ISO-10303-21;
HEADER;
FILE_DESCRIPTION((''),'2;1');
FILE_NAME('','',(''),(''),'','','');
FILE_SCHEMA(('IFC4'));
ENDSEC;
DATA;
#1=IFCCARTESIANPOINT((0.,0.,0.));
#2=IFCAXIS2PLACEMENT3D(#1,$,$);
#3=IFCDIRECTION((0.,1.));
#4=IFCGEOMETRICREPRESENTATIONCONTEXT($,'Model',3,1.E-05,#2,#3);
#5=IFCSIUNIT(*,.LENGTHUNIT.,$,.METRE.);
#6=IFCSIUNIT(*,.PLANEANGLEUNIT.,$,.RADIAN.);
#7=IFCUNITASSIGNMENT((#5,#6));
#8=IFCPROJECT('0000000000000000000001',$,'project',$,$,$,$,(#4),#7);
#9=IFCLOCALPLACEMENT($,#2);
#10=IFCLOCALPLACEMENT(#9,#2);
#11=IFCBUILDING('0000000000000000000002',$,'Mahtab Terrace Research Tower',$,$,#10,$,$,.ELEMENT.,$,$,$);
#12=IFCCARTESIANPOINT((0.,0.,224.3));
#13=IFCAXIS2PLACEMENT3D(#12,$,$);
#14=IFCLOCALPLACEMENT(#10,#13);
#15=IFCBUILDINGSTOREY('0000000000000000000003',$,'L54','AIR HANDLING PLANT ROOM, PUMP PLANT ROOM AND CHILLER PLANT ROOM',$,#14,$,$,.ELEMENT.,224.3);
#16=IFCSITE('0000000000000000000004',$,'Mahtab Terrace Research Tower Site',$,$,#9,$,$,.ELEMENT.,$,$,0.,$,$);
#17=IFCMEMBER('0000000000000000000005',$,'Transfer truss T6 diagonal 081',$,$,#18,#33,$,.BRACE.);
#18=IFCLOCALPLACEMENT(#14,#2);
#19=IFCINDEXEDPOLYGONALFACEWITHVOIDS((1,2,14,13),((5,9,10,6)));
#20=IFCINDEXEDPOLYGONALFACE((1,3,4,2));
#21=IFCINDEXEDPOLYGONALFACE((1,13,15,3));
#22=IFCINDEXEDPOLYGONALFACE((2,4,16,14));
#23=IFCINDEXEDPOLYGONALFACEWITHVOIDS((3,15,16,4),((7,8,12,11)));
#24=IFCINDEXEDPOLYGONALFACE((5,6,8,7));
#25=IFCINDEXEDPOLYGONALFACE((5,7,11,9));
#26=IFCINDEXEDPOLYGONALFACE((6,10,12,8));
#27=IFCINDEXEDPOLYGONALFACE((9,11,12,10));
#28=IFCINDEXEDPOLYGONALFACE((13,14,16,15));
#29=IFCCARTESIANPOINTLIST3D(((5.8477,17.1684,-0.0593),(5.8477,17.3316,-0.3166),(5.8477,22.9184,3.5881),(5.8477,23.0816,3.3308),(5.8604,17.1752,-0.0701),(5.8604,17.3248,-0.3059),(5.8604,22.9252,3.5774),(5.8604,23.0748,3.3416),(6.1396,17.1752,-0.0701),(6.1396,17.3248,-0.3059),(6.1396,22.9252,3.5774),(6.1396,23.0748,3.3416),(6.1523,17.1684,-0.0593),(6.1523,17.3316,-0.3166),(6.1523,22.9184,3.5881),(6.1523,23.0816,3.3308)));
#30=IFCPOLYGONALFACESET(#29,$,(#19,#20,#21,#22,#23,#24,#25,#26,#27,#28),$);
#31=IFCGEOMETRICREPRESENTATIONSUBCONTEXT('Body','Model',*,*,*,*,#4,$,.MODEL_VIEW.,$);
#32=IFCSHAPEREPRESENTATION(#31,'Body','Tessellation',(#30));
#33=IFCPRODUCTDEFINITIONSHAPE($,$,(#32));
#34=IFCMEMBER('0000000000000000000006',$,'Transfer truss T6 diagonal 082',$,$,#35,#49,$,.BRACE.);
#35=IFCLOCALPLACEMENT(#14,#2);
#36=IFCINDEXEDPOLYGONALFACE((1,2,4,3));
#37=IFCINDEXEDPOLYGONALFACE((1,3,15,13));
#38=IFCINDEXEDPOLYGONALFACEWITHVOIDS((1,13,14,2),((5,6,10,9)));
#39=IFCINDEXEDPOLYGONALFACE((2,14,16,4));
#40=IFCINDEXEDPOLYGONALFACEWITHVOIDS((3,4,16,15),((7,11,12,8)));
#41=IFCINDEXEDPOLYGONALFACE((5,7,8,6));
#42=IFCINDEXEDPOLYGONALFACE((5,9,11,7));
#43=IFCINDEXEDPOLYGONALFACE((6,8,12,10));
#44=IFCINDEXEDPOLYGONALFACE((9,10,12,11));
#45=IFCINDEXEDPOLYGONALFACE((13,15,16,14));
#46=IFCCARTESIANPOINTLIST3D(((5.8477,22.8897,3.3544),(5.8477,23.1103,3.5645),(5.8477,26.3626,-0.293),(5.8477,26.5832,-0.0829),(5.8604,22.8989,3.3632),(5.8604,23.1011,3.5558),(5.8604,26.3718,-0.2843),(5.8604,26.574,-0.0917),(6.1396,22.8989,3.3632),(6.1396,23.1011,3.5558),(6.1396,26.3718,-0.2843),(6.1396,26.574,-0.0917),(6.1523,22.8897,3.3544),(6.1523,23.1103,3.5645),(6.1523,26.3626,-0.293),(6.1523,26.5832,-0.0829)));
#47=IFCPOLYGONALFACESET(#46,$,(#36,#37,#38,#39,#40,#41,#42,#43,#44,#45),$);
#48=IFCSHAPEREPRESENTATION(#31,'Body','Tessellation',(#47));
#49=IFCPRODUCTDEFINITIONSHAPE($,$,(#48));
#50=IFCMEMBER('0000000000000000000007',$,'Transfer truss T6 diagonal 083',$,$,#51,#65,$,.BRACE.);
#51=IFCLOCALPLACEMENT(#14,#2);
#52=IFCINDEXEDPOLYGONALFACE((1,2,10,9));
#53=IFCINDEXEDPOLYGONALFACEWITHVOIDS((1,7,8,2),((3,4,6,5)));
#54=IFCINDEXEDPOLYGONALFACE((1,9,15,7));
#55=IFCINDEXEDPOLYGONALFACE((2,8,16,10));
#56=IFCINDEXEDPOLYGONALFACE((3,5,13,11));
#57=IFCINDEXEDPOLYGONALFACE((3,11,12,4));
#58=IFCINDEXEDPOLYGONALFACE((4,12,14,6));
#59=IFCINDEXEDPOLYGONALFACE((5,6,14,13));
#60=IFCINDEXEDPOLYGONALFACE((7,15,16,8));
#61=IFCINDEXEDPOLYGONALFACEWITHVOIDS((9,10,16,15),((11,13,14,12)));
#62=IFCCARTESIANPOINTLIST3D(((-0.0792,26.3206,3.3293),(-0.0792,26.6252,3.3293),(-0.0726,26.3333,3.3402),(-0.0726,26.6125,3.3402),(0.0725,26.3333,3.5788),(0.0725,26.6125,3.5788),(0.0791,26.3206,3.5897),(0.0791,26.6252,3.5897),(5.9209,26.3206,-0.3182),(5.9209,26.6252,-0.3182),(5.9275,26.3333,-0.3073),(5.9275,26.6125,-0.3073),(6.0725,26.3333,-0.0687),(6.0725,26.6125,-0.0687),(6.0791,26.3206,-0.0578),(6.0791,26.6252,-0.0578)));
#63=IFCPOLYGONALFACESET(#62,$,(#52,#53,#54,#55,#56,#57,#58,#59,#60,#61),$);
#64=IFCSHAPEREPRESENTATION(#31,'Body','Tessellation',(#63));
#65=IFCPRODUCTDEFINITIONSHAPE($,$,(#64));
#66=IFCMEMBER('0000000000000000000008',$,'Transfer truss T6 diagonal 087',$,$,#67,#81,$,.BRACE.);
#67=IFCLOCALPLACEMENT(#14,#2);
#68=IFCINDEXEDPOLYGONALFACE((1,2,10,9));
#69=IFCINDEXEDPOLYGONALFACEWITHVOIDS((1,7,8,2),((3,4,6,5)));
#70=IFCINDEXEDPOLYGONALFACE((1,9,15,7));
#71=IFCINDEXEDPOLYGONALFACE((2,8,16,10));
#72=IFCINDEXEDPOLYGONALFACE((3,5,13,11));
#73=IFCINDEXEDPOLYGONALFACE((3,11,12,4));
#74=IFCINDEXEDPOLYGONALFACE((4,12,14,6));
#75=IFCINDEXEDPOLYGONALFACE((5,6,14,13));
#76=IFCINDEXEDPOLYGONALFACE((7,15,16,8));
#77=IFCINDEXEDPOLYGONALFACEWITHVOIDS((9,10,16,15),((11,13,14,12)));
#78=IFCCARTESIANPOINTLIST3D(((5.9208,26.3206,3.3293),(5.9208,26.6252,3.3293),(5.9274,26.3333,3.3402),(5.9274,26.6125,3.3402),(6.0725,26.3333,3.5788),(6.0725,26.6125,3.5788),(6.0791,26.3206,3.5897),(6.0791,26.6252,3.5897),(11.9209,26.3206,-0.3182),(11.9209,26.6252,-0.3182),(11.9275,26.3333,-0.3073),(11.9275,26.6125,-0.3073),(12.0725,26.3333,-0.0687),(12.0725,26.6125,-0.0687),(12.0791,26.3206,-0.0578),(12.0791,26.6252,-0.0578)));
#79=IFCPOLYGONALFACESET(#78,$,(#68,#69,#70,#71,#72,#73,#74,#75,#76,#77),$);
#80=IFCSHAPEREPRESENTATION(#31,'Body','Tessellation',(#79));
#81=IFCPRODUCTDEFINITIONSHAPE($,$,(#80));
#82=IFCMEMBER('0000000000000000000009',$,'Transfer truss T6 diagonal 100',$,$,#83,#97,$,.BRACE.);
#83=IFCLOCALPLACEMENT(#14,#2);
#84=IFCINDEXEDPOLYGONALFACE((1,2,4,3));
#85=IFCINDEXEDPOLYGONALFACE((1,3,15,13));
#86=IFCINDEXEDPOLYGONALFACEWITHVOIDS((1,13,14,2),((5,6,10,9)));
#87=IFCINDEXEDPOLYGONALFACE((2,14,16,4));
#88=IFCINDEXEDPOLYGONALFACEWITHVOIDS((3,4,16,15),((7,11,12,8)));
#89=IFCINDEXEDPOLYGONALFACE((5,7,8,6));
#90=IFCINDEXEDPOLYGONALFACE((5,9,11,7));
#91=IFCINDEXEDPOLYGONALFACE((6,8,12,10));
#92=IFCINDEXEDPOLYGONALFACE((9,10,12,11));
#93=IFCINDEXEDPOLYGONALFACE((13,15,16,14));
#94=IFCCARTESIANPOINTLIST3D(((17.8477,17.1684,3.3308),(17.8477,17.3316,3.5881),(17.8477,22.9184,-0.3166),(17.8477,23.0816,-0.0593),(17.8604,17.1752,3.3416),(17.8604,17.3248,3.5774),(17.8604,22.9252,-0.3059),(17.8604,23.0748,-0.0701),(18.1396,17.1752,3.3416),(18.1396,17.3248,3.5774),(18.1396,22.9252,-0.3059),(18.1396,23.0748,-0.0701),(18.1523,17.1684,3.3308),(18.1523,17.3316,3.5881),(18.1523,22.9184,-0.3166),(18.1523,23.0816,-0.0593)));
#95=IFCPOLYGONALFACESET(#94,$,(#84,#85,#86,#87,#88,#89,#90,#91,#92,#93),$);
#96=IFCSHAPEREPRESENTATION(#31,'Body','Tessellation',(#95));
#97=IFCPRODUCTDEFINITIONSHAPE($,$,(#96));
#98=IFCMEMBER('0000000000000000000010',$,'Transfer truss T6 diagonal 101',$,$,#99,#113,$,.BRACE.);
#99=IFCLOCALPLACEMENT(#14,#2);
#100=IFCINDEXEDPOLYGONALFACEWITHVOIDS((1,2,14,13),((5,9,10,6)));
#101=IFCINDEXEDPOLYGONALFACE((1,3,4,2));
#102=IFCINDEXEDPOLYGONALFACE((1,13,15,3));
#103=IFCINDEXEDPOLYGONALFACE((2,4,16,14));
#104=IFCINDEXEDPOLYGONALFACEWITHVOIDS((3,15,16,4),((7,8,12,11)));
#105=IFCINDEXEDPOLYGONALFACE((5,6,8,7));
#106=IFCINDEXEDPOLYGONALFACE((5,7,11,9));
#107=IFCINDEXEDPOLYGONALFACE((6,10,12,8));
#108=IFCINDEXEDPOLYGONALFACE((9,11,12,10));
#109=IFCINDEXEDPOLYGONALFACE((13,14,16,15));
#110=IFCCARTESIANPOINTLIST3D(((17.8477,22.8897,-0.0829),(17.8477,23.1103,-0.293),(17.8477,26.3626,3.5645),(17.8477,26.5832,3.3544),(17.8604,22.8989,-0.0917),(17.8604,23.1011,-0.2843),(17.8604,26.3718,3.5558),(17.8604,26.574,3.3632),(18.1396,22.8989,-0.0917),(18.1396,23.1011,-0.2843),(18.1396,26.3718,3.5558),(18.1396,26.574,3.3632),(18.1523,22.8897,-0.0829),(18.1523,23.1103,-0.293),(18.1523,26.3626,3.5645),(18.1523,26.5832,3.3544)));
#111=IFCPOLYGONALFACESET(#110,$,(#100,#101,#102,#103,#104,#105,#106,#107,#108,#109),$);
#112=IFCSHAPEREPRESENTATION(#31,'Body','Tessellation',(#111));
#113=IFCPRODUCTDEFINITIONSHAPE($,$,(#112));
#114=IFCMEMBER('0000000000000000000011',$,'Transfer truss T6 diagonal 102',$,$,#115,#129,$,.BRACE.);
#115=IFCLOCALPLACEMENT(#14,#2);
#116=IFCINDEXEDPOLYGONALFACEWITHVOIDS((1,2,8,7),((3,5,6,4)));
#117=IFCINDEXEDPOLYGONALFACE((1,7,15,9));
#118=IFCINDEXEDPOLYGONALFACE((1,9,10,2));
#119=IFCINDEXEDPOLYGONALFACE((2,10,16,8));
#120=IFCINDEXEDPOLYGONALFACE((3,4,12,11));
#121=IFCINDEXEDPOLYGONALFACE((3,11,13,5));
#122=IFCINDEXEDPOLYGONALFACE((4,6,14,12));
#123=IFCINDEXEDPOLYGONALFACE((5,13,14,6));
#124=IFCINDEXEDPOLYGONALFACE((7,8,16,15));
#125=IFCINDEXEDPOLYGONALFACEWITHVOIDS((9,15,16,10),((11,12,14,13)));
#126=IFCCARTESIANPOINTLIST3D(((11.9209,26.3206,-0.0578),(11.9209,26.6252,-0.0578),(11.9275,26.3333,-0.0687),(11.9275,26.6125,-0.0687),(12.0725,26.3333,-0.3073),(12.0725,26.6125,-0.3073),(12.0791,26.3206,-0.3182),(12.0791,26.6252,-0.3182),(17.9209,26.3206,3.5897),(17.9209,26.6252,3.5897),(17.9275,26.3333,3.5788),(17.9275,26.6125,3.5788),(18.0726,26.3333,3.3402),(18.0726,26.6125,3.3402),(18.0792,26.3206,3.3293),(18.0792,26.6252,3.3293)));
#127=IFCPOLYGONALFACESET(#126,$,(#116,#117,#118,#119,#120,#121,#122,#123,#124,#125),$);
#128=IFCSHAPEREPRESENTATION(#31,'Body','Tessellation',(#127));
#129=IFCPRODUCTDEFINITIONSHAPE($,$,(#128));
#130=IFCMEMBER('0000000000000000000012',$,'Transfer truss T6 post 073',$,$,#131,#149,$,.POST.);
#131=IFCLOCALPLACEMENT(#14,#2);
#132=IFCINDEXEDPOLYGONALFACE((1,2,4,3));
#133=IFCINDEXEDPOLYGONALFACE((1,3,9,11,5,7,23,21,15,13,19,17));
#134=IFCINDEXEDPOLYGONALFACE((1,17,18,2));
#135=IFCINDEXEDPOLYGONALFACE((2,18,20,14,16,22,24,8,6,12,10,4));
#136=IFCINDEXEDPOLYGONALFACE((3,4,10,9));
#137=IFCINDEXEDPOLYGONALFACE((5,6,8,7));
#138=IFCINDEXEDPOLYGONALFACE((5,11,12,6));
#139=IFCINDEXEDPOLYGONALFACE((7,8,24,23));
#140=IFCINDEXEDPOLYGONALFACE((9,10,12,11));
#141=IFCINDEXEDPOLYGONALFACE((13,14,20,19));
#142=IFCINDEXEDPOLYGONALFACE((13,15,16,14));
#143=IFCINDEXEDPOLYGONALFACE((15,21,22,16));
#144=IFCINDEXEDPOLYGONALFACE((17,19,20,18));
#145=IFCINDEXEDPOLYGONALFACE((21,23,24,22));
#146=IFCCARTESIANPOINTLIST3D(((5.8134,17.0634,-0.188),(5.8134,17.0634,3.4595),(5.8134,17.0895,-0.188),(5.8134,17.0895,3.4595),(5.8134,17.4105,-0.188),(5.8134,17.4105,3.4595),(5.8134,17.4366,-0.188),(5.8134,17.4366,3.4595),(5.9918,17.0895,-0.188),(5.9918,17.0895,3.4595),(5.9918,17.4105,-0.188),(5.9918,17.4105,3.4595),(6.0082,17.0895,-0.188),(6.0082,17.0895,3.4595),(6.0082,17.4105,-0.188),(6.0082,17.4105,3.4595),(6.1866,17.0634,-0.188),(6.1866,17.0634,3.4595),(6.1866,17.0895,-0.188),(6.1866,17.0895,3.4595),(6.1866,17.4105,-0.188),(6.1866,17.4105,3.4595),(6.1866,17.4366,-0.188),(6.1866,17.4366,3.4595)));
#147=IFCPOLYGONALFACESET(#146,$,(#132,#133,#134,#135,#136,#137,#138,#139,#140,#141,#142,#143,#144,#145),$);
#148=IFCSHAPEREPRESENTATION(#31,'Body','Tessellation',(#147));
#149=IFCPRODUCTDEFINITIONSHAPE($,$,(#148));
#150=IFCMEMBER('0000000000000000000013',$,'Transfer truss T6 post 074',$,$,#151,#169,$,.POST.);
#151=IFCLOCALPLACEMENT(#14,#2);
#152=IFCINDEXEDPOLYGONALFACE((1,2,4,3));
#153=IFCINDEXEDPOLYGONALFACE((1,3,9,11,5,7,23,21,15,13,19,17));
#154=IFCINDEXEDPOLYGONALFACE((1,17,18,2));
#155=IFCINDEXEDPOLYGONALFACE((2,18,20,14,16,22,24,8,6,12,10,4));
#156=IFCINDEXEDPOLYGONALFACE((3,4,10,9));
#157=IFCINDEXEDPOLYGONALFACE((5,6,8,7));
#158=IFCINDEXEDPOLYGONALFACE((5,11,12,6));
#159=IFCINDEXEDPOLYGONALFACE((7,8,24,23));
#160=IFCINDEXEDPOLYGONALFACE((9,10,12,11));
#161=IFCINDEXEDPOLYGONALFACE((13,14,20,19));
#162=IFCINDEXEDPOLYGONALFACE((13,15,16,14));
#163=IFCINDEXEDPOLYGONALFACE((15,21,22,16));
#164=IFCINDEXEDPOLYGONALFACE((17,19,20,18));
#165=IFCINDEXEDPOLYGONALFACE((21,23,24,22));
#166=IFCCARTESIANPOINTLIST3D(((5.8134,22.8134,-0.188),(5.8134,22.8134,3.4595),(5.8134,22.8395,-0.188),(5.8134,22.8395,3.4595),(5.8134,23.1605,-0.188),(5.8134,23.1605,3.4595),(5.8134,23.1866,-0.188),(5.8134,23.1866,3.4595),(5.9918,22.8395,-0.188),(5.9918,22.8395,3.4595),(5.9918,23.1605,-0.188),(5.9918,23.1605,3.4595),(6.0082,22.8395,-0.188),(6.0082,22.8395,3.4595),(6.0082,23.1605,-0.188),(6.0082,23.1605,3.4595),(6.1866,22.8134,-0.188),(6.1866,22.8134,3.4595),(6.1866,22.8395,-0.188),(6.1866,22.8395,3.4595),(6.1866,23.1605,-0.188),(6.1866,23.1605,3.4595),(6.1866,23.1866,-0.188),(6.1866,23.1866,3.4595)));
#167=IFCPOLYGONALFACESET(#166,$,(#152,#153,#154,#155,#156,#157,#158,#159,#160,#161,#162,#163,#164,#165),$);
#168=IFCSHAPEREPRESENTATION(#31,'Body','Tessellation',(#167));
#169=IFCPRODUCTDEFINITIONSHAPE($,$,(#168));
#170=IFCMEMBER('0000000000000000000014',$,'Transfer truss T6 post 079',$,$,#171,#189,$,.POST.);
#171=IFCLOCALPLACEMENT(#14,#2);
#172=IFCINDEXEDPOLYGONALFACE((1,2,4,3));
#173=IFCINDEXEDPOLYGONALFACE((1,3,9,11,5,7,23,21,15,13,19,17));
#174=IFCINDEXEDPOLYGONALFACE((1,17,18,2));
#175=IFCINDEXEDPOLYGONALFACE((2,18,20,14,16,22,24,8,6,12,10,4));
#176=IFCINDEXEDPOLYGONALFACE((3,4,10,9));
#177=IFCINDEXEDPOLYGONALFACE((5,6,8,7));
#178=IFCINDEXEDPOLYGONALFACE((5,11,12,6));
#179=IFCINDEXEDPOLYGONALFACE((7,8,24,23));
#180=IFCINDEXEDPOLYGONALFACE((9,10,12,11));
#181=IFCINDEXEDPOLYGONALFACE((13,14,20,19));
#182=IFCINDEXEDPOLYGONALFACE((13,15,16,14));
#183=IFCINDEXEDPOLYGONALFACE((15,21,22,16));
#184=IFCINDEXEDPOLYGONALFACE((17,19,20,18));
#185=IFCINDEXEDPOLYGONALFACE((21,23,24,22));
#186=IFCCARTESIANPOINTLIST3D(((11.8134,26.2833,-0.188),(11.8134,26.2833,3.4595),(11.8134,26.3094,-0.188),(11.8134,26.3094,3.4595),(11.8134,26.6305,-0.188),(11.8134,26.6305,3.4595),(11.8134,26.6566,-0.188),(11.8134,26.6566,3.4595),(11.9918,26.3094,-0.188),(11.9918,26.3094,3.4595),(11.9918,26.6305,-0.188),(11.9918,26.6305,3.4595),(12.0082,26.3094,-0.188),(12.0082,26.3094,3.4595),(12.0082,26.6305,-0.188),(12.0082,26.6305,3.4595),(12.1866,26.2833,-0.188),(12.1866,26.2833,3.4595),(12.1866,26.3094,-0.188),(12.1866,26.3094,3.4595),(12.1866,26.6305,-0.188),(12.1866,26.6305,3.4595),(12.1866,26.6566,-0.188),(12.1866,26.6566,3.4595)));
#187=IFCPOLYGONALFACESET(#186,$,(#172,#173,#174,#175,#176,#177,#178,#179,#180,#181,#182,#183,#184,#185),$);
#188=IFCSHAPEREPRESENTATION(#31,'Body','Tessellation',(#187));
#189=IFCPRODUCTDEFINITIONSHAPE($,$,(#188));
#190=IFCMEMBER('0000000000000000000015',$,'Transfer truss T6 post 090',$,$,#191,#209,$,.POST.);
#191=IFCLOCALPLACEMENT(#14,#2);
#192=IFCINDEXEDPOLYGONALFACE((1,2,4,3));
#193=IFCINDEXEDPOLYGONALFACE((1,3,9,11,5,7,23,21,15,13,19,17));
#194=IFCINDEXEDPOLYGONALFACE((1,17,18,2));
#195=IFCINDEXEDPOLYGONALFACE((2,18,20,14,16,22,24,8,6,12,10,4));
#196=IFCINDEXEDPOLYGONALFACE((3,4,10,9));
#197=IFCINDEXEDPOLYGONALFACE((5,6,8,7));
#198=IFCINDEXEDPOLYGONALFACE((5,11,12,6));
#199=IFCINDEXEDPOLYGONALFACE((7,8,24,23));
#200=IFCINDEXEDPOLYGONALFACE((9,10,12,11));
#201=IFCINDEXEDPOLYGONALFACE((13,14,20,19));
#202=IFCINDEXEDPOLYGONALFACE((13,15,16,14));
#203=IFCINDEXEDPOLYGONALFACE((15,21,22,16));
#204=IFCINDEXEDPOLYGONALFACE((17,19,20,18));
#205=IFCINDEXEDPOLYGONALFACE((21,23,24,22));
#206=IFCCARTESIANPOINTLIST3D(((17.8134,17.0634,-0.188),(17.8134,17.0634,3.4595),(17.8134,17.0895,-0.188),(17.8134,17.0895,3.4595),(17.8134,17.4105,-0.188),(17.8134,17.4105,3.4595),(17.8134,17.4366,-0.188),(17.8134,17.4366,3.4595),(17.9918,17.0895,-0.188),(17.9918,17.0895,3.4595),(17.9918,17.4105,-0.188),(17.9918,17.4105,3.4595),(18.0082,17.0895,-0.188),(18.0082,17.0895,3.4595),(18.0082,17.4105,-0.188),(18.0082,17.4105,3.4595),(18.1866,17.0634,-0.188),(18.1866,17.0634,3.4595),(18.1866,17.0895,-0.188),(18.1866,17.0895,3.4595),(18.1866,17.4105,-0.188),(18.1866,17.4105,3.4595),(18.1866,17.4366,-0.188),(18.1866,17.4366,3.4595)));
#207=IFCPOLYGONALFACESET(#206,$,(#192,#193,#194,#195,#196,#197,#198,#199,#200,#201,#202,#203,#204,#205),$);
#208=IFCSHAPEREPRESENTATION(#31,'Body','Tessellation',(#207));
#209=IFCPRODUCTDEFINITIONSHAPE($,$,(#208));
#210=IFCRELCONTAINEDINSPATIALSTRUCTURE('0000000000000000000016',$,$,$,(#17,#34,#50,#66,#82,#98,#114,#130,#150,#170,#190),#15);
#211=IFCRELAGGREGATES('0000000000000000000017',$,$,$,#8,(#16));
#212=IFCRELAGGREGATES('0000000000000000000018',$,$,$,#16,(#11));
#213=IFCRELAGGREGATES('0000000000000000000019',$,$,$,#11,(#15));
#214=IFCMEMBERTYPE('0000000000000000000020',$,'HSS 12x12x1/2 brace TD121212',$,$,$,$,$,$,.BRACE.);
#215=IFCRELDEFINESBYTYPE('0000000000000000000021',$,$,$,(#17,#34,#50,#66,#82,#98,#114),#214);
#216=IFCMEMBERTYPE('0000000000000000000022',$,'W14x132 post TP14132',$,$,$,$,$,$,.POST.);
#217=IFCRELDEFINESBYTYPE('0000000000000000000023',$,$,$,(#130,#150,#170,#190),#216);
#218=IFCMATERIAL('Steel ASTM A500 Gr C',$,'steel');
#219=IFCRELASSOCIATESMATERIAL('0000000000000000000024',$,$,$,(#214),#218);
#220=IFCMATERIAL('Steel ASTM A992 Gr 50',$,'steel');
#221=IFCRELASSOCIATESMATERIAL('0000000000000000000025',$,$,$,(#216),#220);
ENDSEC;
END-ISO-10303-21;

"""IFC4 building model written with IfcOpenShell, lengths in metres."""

from ifc_helpers import new_model, si_unit, direction, frame, origin, origin_2d, place, context, subcontext, project, spatial, hollow_rectangle, i_section, extrude, material, material_profile, profile_set, type_object, element, save


model = new_model("IFC4")

# Units and contexts
model_context = context("Model", 3, precision=1e-05, world=origin(), true_north=direction((0.0, 1.0)))
body_context = subcontext(model_context, "Body", "Model", "MODEL_VIEW")
ifc_project = project(units=[si_unit("LENGTHUNIT", "METRE"), si_unit("PLANEANGLEUNIT", "RADIAN")], contexts=[model_context])

# Site, building, storey
site_placement = place(None, origin())
site = spatial("IfcSite", under=ifc_project, at=site_placement, Name="Mahtab Terrace Research Tower Site", CompositionType="ELEMENT", RefElevation=0.0)
building_placement = place(site_placement, origin())
building = spatial("IfcBuilding", under=site, at=building_placement, Name="Mahtab Terrace Research Tower", CompositionType="ELEMENT")
storey_placement = place(building_placement, frame((0.0, 0.0, 224.3)))
storey = spatial("IfcBuildingStorey", under=building, at=storey_placement, Name="L54", Description="AIR HANDLING PLANT ROOM, PUMP PLANT ROOM AND CHILLER PLANT ROOM", CompositionType="ELEMENT", Elevation=224.3)

# Members
ifc_material_1 = material(Name="Steel ASTM A500 Gr C", Category="steel")
ifc_material_profile_1 = material_profile(ifc_material_1, hollow_rectangle(XDim=0.3047, YDim=0.3047, WallThickness=0.0127, at=origin_2d()), Name="HSS12X12X1/2")
ifc_profile_set_1 = profile_set([ifc_material_profile_1], Name="Steel ASTM A500 Gr C")
member_type_1 = type_object("IfcMemberType", Name="HSS 12x12x1/2 brace TD121212", PredefinedType="BRACE", material=ifc_profile_set_1)
member_1_placement = place(storey_placement, frame((6.0, 17.25, -0.188), z_axis=(0.0, 0.844434, 0.535659), x_axis=(-1.0, 0.0, 0.0)))
element("IfcMember", 1, at=member_1_placement, inside=storey, type_object=member_type_1, Name="Transfer truss T6 diagonal 081", PredefinedType="BRACE", context=body_context, shape_type="SweptSolid", body=[
    extrude(hollow_rectangle(XDim=0.3047, YDim=0.3047, WallThickness=0.0127, at=origin_2d()), origin(), (0.0, 0.0, 1.0), 6.8093),
])
member_2_placement = place(storey_placement, frame((6.0, 26.4729, -0.188), z_axis=(0.0, -0.689564, 0.724224), x_axis=(1.0, 0.0, 0.0)))
element("IfcMember", 2, at=member_2_placement, inside=storey, type_object=member_type_1, Name="Transfer truss T6 diagonal 082", PredefinedType="BRACE", context=body_context, shape_type="SweptSolid", body=[
    extrude(hollow_rectangle(XDim=0.3047, YDim=0.3047, WallThickness=0.0127, at=origin_2d()), origin(), (0.0, 0.0, 1.0), 5.0364),
])
for number, where, z_axis, x_axis, name in (
    (3, (6.0, 26.4729, -0.188), (-0.854497, 0.0, 0.519457), (0.0, -1.0, 0.0), "Transfer truss T6 diagonal 083"),
    (4, (12.0, 26.4729, -0.188), (-0.854497, 0.0, 0.519457), (0.0, -1.0, 0.0), "Transfer truss T6 diagonal 087"),
):
    element("IfcMember", number, at=place(storey_placement, frame(where, z_axis=z_axis, x_axis=x_axis)), inside=storey, type_object=member_type_1, Name=name, PredefinedType="BRACE", context=body_context, shape_type="SweptSolid", body=[
        extrude(hollow_rectangle(XDim=0.3047, YDim=0.3047, WallThickness=0.0127, at=origin_2d()), origin(), (0.0, 0.0, 1.0), 7.0217),
    ])
member_3_placement = place(storey_placement, frame((18.0, 23.0, -0.188), z_axis=(0.0, -0.844434, 0.535659), x_axis=(1.0, 0.0, 0.0)))
element("IfcMember", 5, at=member_3_placement, inside=storey, type_object=member_type_1, Name="Transfer truss T6 diagonal 100", PredefinedType="BRACE", context=body_context, shape_type="SweptSolid", body=[
    extrude(hollow_rectangle(XDim=0.3047, YDim=0.3047, WallThickness=0.0127, at=origin_2d()), origin(), (0.0, 0.0, 1.0), 6.8093),
])
member_4_placement = place(storey_placement, frame((18.0, 23.0, -0.188), z_axis=(0.0, 0.689564, 0.724224), x_axis=(-1.0, 0.0, 0.0)))
element("IfcMember", 6, at=member_4_placement, inside=storey, type_object=member_type_1, Name="Transfer truss T6 diagonal 101", PredefinedType="BRACE", context=body_context, shape_type="SweptSolid", body=[
    extrude(hollow_rectangle(XDim=0.3047, YDim=0.3047, WallThickness=0.0127, at=origin_2d()), origin(), (0.0, 0.0, 1.0), 5.0364),
])
member_5_placement = place(storey_placement, frame((12.0, 26.4729, -0.188), z_axis=(0.854497, 0.0, 0.519457), x_axis=(0.0, 1.0, 0.0)))
element("IfcMember", 7, at=member_5_placement, inside=storey, type_object=member_type_1, Name="Transfer truss T6 diagonal 102", PredefinedType="BRACE", context=body_context, shape_type="SweptSolid", body=[
    extrude(hollow_rectangle(XDim=0.3047, YDim=0.3047, WallThickness=0.0127, at=origin_2d()), origin(), (0.0, 0.0, 1.0), 7.0217),
])
ifc_material_2 = material(Name="Steel ASTM A992 Gr 50", Category="steel")
ifc_material_profile_2 = material_profile(ifc_material_2, i_section(OverallWidth=0.3733, OverallDepth=0.3733, WebThickness=0.0164, FlangeThickness=0.0261, at=origin_2d()), Name="W14X132")
ifc_profile_set_2 = profile_set([ifc_material_profile_2], Name="Steel ASTM A992 Gr 50")
member_type_2 = type_object("IfcMemberType", Name="W14x132 post TP14132", PredefinedType="POST", material=ifc_profile_set_2)
for number, where, z_axis, x_axis, name in (
    (8, (6.0, 17.25, -0.188), (0.0, 0.0, 1.0), (1.0, 0.0, 0.0), "Transfer truss T6 post 073"),
    (9, (6.0, 23.0, -0.188), (0.0, 0.0, 1.0), (1.0, 0.0, 0.0), "Transfer truss T6 post 074"),
    (10, (12.0, 26.47, -0.188), (0.0, 0.0, 1.0), (1.0, 0.0, 0.0), "Transfer truss T6 post 079"),
    (11, (18.0, 17.25, -0.188), (0.0, 0.0, 1.0), (1.0, 0.0, 0.0), "Transfer truss T6 post 090"),
):
    element("IfcMember", number, at=place(storey_placement, frame(where, z_axis=z_axis, x_axis=x_axis)), inside=storey, type_object=member_type_2, Name=name, PredefinedType="POST", context=body_context, shape_type="SweptSolid", body=[
        extrude(i_section(OverallWidth=0.3733, OverallDepth=0.3733, WebThickness=0.0164, FlangeThickness=0.0261, at=origin_2d()), origin(), (0.0, 0.0, 1.0), 3.6475),
    ])

save(model, "model.ifc")
